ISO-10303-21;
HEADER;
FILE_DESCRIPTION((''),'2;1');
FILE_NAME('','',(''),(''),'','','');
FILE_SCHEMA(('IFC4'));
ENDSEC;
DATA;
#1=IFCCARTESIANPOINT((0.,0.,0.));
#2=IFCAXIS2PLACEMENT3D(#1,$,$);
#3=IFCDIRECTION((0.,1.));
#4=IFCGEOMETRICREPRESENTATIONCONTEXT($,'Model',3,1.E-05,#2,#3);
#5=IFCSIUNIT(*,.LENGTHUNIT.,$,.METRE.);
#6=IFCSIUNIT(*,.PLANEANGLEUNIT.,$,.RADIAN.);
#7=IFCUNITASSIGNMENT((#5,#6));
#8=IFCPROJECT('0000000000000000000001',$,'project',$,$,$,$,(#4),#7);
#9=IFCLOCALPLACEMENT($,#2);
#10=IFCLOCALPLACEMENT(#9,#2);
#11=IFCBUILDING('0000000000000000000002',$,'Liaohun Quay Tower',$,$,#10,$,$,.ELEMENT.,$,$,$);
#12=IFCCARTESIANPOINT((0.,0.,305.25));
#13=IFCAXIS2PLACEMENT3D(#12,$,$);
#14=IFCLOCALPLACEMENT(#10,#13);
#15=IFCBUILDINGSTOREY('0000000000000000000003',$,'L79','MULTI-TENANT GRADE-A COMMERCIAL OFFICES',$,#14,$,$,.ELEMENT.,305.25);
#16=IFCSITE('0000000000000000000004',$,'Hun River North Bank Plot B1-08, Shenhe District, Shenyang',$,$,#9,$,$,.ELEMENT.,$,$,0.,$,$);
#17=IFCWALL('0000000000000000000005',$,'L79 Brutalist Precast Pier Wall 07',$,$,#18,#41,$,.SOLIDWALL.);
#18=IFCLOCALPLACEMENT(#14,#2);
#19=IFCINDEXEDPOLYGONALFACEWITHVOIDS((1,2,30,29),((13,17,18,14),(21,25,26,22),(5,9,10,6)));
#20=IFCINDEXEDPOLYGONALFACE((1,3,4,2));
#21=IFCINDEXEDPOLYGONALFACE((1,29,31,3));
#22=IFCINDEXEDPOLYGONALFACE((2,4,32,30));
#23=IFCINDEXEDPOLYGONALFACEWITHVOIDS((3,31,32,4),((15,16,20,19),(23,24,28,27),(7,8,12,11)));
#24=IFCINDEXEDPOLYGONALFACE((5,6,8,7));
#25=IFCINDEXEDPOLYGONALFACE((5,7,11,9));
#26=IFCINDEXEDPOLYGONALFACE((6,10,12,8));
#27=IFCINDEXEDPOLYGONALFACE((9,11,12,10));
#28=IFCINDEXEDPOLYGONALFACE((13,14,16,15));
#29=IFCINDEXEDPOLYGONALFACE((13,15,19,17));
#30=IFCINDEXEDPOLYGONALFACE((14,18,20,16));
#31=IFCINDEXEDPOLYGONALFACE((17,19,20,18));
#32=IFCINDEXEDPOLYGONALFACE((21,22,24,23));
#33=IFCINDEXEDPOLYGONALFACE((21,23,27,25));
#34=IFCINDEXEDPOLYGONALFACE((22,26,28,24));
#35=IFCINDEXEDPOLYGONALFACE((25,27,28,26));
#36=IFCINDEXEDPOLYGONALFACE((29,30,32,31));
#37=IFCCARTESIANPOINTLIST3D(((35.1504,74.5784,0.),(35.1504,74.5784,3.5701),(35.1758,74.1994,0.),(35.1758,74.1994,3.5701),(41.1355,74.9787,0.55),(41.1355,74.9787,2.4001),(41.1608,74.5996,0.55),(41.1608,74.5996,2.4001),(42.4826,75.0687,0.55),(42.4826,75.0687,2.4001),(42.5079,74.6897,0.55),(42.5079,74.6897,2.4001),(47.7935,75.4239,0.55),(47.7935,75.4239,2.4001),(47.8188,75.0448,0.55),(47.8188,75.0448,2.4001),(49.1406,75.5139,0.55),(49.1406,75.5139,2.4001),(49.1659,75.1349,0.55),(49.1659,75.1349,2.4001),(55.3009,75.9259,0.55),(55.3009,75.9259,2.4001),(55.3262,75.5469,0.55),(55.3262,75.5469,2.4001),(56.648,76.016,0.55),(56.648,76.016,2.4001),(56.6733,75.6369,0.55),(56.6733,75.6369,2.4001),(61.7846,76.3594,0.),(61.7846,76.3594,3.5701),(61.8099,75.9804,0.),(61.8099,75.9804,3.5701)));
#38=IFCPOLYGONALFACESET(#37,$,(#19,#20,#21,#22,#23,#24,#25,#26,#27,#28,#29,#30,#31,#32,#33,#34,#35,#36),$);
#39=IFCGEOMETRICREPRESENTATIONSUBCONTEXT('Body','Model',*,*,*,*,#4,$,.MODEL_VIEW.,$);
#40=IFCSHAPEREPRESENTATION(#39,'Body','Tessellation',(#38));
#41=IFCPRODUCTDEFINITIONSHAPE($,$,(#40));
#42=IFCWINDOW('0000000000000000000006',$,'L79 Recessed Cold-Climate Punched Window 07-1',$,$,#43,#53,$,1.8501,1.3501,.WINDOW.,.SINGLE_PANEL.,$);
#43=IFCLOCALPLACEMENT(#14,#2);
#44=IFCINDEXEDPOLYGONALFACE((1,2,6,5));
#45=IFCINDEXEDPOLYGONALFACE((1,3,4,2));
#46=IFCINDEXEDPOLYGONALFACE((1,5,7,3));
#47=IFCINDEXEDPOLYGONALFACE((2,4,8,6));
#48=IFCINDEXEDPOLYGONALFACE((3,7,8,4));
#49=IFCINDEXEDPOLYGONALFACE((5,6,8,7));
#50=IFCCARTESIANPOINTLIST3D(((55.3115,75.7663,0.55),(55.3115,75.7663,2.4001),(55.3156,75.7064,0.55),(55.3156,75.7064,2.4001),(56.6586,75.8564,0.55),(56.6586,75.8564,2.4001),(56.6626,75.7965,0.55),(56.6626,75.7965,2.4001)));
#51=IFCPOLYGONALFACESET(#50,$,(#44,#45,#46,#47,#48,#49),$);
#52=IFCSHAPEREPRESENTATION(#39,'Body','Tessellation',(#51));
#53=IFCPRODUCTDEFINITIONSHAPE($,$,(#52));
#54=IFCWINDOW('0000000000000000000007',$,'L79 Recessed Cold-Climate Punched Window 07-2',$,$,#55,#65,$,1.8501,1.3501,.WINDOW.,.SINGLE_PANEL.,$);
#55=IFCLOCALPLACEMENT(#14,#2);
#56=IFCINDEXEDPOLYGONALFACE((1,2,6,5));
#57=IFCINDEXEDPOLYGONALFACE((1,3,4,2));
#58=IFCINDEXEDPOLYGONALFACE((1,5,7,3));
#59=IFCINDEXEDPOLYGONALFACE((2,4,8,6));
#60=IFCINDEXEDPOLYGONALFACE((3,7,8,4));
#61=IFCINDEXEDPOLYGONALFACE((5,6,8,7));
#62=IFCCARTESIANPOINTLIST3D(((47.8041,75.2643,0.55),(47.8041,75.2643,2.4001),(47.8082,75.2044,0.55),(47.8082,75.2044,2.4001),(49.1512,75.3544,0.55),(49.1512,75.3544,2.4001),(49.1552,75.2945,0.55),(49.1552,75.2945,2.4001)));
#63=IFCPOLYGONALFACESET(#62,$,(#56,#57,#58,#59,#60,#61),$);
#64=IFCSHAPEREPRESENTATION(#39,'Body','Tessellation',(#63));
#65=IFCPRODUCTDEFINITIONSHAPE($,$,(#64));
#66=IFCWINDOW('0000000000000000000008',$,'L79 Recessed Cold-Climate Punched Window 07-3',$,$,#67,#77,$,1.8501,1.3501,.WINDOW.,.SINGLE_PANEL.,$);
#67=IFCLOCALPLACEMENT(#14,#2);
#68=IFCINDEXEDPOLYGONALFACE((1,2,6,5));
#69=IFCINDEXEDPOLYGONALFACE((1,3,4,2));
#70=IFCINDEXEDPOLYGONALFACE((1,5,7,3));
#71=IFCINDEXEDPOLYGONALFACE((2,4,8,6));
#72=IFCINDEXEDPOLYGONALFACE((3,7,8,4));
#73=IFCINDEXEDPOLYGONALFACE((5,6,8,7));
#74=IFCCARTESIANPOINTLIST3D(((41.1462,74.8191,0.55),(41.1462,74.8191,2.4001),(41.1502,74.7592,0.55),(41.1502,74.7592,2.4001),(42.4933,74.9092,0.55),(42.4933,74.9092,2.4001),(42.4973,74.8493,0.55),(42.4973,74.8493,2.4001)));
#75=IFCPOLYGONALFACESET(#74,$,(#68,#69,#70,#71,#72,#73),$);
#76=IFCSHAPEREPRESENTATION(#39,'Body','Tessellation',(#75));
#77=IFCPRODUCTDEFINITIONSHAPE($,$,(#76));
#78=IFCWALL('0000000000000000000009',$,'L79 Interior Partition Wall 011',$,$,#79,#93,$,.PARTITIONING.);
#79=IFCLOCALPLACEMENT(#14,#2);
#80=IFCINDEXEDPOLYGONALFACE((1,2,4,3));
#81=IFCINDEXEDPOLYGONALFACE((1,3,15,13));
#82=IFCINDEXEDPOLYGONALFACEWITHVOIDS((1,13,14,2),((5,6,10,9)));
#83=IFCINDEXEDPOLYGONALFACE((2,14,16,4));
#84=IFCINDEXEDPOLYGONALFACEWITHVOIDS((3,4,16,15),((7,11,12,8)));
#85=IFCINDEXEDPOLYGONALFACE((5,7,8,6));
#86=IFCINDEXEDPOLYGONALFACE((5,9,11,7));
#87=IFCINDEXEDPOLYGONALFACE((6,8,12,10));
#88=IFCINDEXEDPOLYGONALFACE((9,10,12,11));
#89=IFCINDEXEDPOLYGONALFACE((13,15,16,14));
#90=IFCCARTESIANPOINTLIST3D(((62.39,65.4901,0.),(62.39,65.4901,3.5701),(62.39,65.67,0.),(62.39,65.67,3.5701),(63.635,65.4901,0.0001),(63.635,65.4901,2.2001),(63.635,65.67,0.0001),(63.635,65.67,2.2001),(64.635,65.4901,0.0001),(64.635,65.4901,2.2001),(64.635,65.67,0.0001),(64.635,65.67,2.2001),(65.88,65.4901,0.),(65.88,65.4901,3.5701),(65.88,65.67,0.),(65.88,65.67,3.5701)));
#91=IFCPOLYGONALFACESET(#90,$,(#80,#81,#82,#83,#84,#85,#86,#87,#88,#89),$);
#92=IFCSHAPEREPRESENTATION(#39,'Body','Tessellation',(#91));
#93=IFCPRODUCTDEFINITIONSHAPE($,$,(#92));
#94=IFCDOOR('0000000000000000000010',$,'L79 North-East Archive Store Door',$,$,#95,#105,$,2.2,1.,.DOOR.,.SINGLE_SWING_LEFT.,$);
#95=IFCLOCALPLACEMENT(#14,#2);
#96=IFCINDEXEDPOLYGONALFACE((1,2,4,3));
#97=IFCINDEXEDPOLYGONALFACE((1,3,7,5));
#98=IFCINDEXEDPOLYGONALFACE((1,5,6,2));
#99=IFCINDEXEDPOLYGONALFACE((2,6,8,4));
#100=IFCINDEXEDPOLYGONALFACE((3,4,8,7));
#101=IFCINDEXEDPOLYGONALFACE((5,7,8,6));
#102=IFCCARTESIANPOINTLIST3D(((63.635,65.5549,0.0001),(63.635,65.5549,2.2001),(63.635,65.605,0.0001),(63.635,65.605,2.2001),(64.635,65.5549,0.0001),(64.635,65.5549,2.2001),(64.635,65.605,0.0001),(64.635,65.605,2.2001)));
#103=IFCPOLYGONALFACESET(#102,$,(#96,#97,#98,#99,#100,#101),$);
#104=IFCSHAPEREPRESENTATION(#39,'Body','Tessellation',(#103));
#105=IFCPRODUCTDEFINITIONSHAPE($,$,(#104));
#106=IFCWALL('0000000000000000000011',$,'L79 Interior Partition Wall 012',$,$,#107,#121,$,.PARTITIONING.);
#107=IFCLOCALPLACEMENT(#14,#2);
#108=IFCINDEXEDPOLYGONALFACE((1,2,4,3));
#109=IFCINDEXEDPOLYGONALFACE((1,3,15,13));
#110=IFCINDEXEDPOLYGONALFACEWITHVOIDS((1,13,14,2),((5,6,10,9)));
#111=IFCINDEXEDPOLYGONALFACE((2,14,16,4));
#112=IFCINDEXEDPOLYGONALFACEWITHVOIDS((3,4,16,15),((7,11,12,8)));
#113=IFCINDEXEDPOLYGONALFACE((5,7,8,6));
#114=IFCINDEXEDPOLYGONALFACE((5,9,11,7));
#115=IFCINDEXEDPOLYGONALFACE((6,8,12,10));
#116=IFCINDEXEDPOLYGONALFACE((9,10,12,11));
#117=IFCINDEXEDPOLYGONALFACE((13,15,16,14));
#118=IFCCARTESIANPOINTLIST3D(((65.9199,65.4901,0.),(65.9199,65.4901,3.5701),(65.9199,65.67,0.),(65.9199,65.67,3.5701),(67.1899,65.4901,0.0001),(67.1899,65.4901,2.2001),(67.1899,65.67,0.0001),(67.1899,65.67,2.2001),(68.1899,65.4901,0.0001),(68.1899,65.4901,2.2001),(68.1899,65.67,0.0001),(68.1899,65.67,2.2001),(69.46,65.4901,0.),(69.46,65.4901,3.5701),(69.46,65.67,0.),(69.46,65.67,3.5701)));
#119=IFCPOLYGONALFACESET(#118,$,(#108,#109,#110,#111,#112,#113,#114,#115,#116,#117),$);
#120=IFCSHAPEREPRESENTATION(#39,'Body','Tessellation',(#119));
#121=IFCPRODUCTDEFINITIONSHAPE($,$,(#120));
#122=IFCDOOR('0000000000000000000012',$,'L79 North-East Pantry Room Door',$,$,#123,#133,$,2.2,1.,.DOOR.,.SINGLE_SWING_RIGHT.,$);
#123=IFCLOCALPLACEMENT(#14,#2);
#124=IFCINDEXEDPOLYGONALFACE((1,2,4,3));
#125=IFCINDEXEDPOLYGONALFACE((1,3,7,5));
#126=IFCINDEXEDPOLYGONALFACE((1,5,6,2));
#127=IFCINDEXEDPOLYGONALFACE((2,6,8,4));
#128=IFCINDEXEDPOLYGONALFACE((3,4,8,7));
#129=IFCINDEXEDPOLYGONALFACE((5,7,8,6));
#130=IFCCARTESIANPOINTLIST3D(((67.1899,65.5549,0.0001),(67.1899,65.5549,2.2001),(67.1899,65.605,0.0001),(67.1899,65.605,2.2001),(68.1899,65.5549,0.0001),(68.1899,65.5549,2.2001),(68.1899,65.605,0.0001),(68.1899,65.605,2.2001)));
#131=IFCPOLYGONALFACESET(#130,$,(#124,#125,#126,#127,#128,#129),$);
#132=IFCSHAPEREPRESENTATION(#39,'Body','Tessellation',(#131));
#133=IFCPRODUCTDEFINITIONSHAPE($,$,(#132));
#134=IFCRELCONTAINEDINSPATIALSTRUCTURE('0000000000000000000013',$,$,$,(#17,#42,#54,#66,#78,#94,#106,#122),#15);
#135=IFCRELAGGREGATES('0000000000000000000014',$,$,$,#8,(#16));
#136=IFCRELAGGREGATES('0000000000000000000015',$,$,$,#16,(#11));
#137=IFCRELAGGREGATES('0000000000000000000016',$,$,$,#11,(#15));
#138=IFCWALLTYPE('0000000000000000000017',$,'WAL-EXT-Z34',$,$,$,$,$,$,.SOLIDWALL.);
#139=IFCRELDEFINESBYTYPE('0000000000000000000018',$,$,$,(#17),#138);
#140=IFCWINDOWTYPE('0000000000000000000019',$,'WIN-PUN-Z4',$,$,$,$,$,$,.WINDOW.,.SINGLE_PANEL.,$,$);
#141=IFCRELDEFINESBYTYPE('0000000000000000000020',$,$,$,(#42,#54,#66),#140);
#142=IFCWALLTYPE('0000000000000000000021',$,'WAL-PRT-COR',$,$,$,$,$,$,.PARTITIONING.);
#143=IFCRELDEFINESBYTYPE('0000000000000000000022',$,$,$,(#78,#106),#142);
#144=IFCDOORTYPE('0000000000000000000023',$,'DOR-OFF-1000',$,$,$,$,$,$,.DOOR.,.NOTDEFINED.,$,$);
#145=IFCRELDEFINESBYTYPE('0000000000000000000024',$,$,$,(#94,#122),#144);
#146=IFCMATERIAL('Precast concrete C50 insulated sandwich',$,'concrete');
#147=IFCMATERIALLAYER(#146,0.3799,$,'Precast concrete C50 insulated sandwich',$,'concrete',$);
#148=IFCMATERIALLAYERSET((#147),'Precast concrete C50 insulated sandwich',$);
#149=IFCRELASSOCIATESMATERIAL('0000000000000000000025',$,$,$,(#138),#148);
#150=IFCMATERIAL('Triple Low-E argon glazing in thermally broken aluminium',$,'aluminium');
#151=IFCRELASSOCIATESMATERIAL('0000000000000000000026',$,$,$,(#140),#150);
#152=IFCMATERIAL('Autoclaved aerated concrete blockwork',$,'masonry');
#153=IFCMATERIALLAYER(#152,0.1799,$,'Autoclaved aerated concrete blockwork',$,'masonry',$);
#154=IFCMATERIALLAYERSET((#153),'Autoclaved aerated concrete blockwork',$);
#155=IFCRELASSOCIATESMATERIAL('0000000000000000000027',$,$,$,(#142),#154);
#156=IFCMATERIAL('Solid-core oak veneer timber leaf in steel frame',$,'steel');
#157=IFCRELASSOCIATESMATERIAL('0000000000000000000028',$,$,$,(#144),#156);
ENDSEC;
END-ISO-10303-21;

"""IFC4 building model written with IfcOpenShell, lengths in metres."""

from ifc_helpers import new_model, si_unit, direction, frame, frame_2d, origin, place, context, subcontext, project, spatial, rectangle, extrude, source, transform, mapped, material, layer, layer_set, type_object, element, fill, save


model = new_model("IFC4")

# Units and contexts
model_context = context("Model", 3, precision=1e-05, world=origin(), true_north=direction((0.0, 1.0)))
body_context = subcontext(model_context, "Body", "Model", "MODEL_VIEW")
ifc_project = project(units=[si_unit("LENGTHUNIT", "METRE"), si_unit("PLANEANGLEUNIT", "RADIAN")], contexts=[model_context])

# Site, building, storey
site_placement = place(None, origin())
site = spatial("IfcSite", under=ifc_project, at=site_placement, Name="Hun River North Bank Plot B1-08, Shenhe District, Shenyang", CompositionType="ELEMENT", RefElevation=0.0)
building_placement = place(site_placement, origin())
building = spatial("IfcBuilding", under=site, at=building_placement, Name="Liaohun Quay Tower", CompositionType="ELEMENT")
storey_placement = place(building_placement, frame((0.0, 0.0, 305.25)))
storey = spatial("IfcBuildingStorey", under=building, at=storey_placement, Name="L79", Description="MULTI-TENANT GRADE-A COMMERCIAL OFFICES", CompositionType="ELEMENT", Elevation=305.25)

# Wall, openings, windows
ifc_material_1 = material(Name="Precast concrete C50 insulated sandwich", Category="concrete")
ifc_layer_1 = layer(ifc_material_1, 0.3799, Name="Precast concrete C50 insulated sandwich", Category="concrete")
ifc_layer_set_1 = layer_set([ifc_layer_1], Name="Precast concrete C50 insulated sandwich")
wall_type_1 = type_object("IfcWallType", Name="WAL-EXT-Z34", PredefinedType="SOLIDWALL", material=ifc_layer_set_1)
wall_1_placement = place(storey_placement, frame((61.7971, 76.1699, 0.0), z_axis=(0.0, 0.0, 1.0), x_axis=(-0.997772, -0.066721, 0.0)))
wall_1 = element("IfcWall", 1, at=wall_1_placement, inside=storey, type_object=wall_type_1, Name="L79 Brutalist Precast Pier Wall 07", PredefinedType="SOLIDWALL", context=body_context, shape_type="SweptSolid", body=[
    extrude(rectangle(XDim=26.6936, YDim=0.3799, at=frame_2d((13.3467, 0.0))), origin(), (0.0, 0.0, 1.0), 3.5701),
])
shared_shape_1 = source(origin(), body_context, "Body", "SweptSolid", [
    extrude(rectangle(XDim=1.3501, YDim=1.8501, at=frame_2d((0.675, 0.925))), frame((0.0, 0.2, 0.0), z_axis=(0.0, -1.0, 0.0), x_axis=(1.0, 0.0, 0.0)), (0.0, 0.0, 1.0), 0.3999),
])
opening_1_placement = place(wall_1_placement, frame((5.1479, 0.0, 0.55)))
opening_1 = element("IfcOpeningElement", 2, at=opening_1_placement, cuts=wall_1, PredefinedType="OPENING", context=body_context, shape_type="MappedRepresentation", body=[
    mapped(shared_shape_1, transform((0.0, 0.0, 0.0), x_axis=(1.0, 0.0, 0.0), y_axis=(0.0, 1.0, 0.0), z_axis=(0.0, 0.0, 1.0), scale=1.0)),
])
opening_2_placement = place(wall_1_placement, frame((12.6721, 0.0, 0.55)))
opening_2 = element("IfcOpeningElement", 3, at=opening_2_placement, cuts=wall_1, PredefinedType="OPENING", context=body_context, shape_type="MappedRepresentation", body=[
    mapped(shared_shape_1, transform((0.0, 0.0, 0.0), x_axis=(1.0, 0.0, 0.0), y_axis=(0.0, 1.0, 0.0), z_axis=(0.0, 0.0, 1.0), scale=1.0)),
])
opening_3_placement = place(wall_1_placement, frame((19.345, 0.0, 0.55)))
opening_3 = element("IfcOpeningElement", 4, at=opening_3_placement, cuts=wall_1, PredefinedType="OPENING", context=body_context, shape_type="MappedRepresentation", body=[
    mapped(shared_shape_1, transform((0.0, 0.0, 0.0), x_axis=(1.0, 0.0, 0.0), y_axis=(0.0, 1.0, 0.0), z_axis=(0.0, 0.0, 1.0), scale=1.0)),
])
ifc_material_2 = material(Name="Triple Low-E argon glazing in thermally broken aluminium", Category="aluminium")
window_type = type_object("IfcWindowType", Name="WIN-PUN-Z4", PartitioningType="SINGLE_PANEL", PredefinedType="WINDOW", material=ifc_material_2)
shared_shape_2 = source(origin(), body_context, "Body", "SweptSolid", [
    extrude(rectangle(XDim=1.3501, YDim=1.8501, at=frame_2d((0.675, 0.925))), frame((0.0, 0.03, 0.0), z_axis=(0.0, -1.0, 0.0), x_axis=(1.0, 0.0, 0.0)), (0.0, 0.0, 1.0), 0.0601),
])
window_1_placement = place(opening_1_placement, origin())
window_1 = element("IfcWindow", 5, at=window_1_placement, inside=storey, type_object=window_type, Name="L79 Recessed Cold-Climate Punched Window 07-1", OverallHeight=1.8501, OverallWidth=1.3501, PartitioningType="SINGLE_PANEL", PredefinedType="WINDOW", context=body_context, shape_type="MappedRepresentation", body=[
    mapped(shared_shape_2, transform((0.0, 0.0, 0.0), x_axis=(1.0, 0.0, 0.0), y_axis=(0.0, 1.0, 0.0), z_axis=(0.0, 0.0, 1.0), scale=1.0)),
])
fill(opening_1, window_1)
window_2_placement = place(opening_2_placement, origin())
window_2 = element("IfcWindow", 6, at=window_2_placement, inside=storey, type_object=window_type, Name="L79 Recessed Cold-Climate Punched Window 07-2", OverallHeight=1.8501, OverallWidth=1.3501, PartitioningType="SINGLE_PANEL", PredefinedType="WINDOW", context=body_context, shape_type="MappedRepresentation", body=[
    mapped(shared_shape_2, transform((0.0, 0.0, 0.0), x_axis=(1.0, 0.0, 0.0), y_axis=(0.0, 1.0, 0.0), z_axis=(0.0, 0.0, 1.0), scale=1.0)),
])
fill(opening_2, window_2)
window_3_placement = place(opening_3_placement, origin())
window_3 = element("IfcWindow", 7, at=window_3_placement, inside=storey, type_object=window_type, Name="L79 Recessed Cold-Climate Punched Window 07-3", OverallHeight=1.8501, OverallWidth=1.3501, PartitioningType="SINGLE_PANEL", PredefinedType="WINDOW", context=body_context, shape_type="MappedRepresentation", body=[
    mapped(shared_shape_2, transform((0.0, 0.0, 0.0), x_axis=(1.0, 0.0, 0.0), y_axis=(0.0, 1.0, 0.0), z_axis=(0.0, 0.0, 1.0), scale=1.0)),
])
fill(opening_3, window_3)

# Walls, openings, doors
ifc_material_3 = material(Name="Autoclaved aerated concrete blockwork", Category="masonry")
ifc_layer_2 = layer(ifc_material_3, 0.1799, Name="Autoclaved aerated concrete blockwork", Category="masonry")
ifc_layer_set_2 = layer_set([ifc_layer_2], Name="Autoclaved aerated concrete blockwork")
wall_type_2 = type_object("IfcWallType", Name="WAL-PRT-COR", PredefinedType="PARTITIONING", material=ifc_layer_set_2)
wall_2_placement = place(storey_placement, frame((62.3899, 65.5801, 0.0), z_axis=(0.0, 0.0, 1.0), x_axis=(1.0, 0.0, 0.0)))
wall_2 = element("IfcWall", 8, at=wall_2_placement, inside=storey, type_object=wall_type_2, Name="L79 Interior Partition Wall 011", PredefinedType="PARTITIONING", context=body_context, shape_type="SweptSolid", body=[
    extrude(rectangle(XDim=3.49, YDim=0.1799, at=frame_2d((1.7451, 0.0))), origin(), (0.0, 0.0, 1.0), 3.5701),
])
shared_shape_3 = source(origin(), body_context, "Body", "SweptSolid", [
    extrude(rectangle(XDim=1.0, YDim=2.2, at=frame_2d((0.5, 1.1001))), frame((0.0, 0.0999, 0.0), z_axis=(0.0, -1.0, 0.0), x_axis=(1.0, 0.0, 0.0)), (0.0, 0.0, 1.0), 0.2),
])
opening_4_placement = place(wall_2_placement, frame((1.2451, 0.0, 0.0)))
opening_4 = element("IfcOpeningElement", 9, at=opening_4_placement, cuts=wall_2, PredefinedType="OPENING", context=body_context, shape_type="MappedRepresentation", body=[
    mapped(shared_shape_3, transform((0.0, 0.0, 0.0), x_axis=(1.0, 0.0, 0.0), y_axis=(0.0, 1.0, 0.0), z_axis=(0.0, 0.0, 1.0), scale=1.0)),
])
ifc_material_4 = material(Name="Solid-core oak veneer timber leaf in steel frame", Category="steel")
door_type_1 = type_object("IfcDoorType", Name="DOR-OFF-1000", OperationType="NOTDEFINED", PredefinedType="DOOR", material=ifc_material_4)
shared_shape_4 = source(origin(), body_context, "Body", "SweptSolid", [
    extrude(rectangle(XDim=1.0, YDim=2.2, at=frame_2d((0.5, 1.1001))), frame((0.0, 0.0249, 0.0), z_axis=(0.0, -1.0, 0.0), x_axis=(1.0, 0.0, 0.0)), (0.0, 0.0, 1.0), 0.05),
])
door_1_placement = place(opening_4_placement, origin())
door_1 = element("IfcDoor", 10, at=door_1_placement, inside=storey, type_object=door_type_1, Name="L79 North-East Archive Store Door", OperationType="SINGLE_SWING_LEFT", OverallHeight=2.2, OverallWidth=1.0, PredefinedType="DOOR", context=body_context, shape_type="MappedRepresentation", body=[
    mapped(shared_shape_4, transform((0.0, 0.0, 0.0), x_axis=(1.0, 0.0, 0.0), y_axis=(0.0, 1.0, 0.0), z_axis=(0.0, 0.0, 1.0), scale=1.0)),
])
fill(opening_4, door_1)
wall_3_placement = place(storey_placement, frame((65.9199, 65.5801, 0.0), z_axis=(0.0, 0.0, 1.0), x_axis=(1.0, 0.0, 0.0)))
wall_3 = element("IfcWall", 11, at=wall_3_placement, inside=storey, type_object=wall_type_2, Name="L79 Interior Partition Wall 012", PredefinedType="PARTITIONING", context=body_context, shape_type="SweptSolid", body=[
    extrude(rectangle(XDim=3.54, YDim=0.1799, at=frame_2d((1.77, 0.0))), origin(), (0.0, 0.0, 1.0), 3.5701),
])
opening_5_placement = place(wall_3_placement, frame((1.27, 0.0, 0.0)))
opening_5 = element("IfcOpeningElement", 12, at=opening_5_placement, cuts=wall_3, PredefinedType="OPENING", context=body_context, shape_type="MappedRepresentation", body=[
    mapped(shared_shape_3, transform((0.0, 0.0, 0.0), x_axis=(1.0, 0.0, 0.0), y_axis=(0.0, 1.0, 0.0), z_axis=(0.0, 0.0, 1.0), scale=1.0)),
])
door_2_placement = place(opening_5_placement, origin())
door_2 = element("IfcDoor", 13, at=door_2_placement, inside=storey, type_object=door_type_1, Name="L79 North-East Pantry Room Door", OperationType="SINGLE_SWING_RIGHT", OverallHeight=2.2, OverallWidth=1.0, PredefinedType="DOOR", context=body_context, shape_type="MappedRepresentation", body=[
    mapped(shared_shape_4, transform((0.0, 0.0, 0.0), x_axis=(1.0, 0.0, 0.0), y_axis=(0.0, 1.0, 0.0), z_axis=(0.0, 0.0, 1.0), scale=1.0)),
])
fill(opening_5, door_2)

save(model, "model.ifc")
